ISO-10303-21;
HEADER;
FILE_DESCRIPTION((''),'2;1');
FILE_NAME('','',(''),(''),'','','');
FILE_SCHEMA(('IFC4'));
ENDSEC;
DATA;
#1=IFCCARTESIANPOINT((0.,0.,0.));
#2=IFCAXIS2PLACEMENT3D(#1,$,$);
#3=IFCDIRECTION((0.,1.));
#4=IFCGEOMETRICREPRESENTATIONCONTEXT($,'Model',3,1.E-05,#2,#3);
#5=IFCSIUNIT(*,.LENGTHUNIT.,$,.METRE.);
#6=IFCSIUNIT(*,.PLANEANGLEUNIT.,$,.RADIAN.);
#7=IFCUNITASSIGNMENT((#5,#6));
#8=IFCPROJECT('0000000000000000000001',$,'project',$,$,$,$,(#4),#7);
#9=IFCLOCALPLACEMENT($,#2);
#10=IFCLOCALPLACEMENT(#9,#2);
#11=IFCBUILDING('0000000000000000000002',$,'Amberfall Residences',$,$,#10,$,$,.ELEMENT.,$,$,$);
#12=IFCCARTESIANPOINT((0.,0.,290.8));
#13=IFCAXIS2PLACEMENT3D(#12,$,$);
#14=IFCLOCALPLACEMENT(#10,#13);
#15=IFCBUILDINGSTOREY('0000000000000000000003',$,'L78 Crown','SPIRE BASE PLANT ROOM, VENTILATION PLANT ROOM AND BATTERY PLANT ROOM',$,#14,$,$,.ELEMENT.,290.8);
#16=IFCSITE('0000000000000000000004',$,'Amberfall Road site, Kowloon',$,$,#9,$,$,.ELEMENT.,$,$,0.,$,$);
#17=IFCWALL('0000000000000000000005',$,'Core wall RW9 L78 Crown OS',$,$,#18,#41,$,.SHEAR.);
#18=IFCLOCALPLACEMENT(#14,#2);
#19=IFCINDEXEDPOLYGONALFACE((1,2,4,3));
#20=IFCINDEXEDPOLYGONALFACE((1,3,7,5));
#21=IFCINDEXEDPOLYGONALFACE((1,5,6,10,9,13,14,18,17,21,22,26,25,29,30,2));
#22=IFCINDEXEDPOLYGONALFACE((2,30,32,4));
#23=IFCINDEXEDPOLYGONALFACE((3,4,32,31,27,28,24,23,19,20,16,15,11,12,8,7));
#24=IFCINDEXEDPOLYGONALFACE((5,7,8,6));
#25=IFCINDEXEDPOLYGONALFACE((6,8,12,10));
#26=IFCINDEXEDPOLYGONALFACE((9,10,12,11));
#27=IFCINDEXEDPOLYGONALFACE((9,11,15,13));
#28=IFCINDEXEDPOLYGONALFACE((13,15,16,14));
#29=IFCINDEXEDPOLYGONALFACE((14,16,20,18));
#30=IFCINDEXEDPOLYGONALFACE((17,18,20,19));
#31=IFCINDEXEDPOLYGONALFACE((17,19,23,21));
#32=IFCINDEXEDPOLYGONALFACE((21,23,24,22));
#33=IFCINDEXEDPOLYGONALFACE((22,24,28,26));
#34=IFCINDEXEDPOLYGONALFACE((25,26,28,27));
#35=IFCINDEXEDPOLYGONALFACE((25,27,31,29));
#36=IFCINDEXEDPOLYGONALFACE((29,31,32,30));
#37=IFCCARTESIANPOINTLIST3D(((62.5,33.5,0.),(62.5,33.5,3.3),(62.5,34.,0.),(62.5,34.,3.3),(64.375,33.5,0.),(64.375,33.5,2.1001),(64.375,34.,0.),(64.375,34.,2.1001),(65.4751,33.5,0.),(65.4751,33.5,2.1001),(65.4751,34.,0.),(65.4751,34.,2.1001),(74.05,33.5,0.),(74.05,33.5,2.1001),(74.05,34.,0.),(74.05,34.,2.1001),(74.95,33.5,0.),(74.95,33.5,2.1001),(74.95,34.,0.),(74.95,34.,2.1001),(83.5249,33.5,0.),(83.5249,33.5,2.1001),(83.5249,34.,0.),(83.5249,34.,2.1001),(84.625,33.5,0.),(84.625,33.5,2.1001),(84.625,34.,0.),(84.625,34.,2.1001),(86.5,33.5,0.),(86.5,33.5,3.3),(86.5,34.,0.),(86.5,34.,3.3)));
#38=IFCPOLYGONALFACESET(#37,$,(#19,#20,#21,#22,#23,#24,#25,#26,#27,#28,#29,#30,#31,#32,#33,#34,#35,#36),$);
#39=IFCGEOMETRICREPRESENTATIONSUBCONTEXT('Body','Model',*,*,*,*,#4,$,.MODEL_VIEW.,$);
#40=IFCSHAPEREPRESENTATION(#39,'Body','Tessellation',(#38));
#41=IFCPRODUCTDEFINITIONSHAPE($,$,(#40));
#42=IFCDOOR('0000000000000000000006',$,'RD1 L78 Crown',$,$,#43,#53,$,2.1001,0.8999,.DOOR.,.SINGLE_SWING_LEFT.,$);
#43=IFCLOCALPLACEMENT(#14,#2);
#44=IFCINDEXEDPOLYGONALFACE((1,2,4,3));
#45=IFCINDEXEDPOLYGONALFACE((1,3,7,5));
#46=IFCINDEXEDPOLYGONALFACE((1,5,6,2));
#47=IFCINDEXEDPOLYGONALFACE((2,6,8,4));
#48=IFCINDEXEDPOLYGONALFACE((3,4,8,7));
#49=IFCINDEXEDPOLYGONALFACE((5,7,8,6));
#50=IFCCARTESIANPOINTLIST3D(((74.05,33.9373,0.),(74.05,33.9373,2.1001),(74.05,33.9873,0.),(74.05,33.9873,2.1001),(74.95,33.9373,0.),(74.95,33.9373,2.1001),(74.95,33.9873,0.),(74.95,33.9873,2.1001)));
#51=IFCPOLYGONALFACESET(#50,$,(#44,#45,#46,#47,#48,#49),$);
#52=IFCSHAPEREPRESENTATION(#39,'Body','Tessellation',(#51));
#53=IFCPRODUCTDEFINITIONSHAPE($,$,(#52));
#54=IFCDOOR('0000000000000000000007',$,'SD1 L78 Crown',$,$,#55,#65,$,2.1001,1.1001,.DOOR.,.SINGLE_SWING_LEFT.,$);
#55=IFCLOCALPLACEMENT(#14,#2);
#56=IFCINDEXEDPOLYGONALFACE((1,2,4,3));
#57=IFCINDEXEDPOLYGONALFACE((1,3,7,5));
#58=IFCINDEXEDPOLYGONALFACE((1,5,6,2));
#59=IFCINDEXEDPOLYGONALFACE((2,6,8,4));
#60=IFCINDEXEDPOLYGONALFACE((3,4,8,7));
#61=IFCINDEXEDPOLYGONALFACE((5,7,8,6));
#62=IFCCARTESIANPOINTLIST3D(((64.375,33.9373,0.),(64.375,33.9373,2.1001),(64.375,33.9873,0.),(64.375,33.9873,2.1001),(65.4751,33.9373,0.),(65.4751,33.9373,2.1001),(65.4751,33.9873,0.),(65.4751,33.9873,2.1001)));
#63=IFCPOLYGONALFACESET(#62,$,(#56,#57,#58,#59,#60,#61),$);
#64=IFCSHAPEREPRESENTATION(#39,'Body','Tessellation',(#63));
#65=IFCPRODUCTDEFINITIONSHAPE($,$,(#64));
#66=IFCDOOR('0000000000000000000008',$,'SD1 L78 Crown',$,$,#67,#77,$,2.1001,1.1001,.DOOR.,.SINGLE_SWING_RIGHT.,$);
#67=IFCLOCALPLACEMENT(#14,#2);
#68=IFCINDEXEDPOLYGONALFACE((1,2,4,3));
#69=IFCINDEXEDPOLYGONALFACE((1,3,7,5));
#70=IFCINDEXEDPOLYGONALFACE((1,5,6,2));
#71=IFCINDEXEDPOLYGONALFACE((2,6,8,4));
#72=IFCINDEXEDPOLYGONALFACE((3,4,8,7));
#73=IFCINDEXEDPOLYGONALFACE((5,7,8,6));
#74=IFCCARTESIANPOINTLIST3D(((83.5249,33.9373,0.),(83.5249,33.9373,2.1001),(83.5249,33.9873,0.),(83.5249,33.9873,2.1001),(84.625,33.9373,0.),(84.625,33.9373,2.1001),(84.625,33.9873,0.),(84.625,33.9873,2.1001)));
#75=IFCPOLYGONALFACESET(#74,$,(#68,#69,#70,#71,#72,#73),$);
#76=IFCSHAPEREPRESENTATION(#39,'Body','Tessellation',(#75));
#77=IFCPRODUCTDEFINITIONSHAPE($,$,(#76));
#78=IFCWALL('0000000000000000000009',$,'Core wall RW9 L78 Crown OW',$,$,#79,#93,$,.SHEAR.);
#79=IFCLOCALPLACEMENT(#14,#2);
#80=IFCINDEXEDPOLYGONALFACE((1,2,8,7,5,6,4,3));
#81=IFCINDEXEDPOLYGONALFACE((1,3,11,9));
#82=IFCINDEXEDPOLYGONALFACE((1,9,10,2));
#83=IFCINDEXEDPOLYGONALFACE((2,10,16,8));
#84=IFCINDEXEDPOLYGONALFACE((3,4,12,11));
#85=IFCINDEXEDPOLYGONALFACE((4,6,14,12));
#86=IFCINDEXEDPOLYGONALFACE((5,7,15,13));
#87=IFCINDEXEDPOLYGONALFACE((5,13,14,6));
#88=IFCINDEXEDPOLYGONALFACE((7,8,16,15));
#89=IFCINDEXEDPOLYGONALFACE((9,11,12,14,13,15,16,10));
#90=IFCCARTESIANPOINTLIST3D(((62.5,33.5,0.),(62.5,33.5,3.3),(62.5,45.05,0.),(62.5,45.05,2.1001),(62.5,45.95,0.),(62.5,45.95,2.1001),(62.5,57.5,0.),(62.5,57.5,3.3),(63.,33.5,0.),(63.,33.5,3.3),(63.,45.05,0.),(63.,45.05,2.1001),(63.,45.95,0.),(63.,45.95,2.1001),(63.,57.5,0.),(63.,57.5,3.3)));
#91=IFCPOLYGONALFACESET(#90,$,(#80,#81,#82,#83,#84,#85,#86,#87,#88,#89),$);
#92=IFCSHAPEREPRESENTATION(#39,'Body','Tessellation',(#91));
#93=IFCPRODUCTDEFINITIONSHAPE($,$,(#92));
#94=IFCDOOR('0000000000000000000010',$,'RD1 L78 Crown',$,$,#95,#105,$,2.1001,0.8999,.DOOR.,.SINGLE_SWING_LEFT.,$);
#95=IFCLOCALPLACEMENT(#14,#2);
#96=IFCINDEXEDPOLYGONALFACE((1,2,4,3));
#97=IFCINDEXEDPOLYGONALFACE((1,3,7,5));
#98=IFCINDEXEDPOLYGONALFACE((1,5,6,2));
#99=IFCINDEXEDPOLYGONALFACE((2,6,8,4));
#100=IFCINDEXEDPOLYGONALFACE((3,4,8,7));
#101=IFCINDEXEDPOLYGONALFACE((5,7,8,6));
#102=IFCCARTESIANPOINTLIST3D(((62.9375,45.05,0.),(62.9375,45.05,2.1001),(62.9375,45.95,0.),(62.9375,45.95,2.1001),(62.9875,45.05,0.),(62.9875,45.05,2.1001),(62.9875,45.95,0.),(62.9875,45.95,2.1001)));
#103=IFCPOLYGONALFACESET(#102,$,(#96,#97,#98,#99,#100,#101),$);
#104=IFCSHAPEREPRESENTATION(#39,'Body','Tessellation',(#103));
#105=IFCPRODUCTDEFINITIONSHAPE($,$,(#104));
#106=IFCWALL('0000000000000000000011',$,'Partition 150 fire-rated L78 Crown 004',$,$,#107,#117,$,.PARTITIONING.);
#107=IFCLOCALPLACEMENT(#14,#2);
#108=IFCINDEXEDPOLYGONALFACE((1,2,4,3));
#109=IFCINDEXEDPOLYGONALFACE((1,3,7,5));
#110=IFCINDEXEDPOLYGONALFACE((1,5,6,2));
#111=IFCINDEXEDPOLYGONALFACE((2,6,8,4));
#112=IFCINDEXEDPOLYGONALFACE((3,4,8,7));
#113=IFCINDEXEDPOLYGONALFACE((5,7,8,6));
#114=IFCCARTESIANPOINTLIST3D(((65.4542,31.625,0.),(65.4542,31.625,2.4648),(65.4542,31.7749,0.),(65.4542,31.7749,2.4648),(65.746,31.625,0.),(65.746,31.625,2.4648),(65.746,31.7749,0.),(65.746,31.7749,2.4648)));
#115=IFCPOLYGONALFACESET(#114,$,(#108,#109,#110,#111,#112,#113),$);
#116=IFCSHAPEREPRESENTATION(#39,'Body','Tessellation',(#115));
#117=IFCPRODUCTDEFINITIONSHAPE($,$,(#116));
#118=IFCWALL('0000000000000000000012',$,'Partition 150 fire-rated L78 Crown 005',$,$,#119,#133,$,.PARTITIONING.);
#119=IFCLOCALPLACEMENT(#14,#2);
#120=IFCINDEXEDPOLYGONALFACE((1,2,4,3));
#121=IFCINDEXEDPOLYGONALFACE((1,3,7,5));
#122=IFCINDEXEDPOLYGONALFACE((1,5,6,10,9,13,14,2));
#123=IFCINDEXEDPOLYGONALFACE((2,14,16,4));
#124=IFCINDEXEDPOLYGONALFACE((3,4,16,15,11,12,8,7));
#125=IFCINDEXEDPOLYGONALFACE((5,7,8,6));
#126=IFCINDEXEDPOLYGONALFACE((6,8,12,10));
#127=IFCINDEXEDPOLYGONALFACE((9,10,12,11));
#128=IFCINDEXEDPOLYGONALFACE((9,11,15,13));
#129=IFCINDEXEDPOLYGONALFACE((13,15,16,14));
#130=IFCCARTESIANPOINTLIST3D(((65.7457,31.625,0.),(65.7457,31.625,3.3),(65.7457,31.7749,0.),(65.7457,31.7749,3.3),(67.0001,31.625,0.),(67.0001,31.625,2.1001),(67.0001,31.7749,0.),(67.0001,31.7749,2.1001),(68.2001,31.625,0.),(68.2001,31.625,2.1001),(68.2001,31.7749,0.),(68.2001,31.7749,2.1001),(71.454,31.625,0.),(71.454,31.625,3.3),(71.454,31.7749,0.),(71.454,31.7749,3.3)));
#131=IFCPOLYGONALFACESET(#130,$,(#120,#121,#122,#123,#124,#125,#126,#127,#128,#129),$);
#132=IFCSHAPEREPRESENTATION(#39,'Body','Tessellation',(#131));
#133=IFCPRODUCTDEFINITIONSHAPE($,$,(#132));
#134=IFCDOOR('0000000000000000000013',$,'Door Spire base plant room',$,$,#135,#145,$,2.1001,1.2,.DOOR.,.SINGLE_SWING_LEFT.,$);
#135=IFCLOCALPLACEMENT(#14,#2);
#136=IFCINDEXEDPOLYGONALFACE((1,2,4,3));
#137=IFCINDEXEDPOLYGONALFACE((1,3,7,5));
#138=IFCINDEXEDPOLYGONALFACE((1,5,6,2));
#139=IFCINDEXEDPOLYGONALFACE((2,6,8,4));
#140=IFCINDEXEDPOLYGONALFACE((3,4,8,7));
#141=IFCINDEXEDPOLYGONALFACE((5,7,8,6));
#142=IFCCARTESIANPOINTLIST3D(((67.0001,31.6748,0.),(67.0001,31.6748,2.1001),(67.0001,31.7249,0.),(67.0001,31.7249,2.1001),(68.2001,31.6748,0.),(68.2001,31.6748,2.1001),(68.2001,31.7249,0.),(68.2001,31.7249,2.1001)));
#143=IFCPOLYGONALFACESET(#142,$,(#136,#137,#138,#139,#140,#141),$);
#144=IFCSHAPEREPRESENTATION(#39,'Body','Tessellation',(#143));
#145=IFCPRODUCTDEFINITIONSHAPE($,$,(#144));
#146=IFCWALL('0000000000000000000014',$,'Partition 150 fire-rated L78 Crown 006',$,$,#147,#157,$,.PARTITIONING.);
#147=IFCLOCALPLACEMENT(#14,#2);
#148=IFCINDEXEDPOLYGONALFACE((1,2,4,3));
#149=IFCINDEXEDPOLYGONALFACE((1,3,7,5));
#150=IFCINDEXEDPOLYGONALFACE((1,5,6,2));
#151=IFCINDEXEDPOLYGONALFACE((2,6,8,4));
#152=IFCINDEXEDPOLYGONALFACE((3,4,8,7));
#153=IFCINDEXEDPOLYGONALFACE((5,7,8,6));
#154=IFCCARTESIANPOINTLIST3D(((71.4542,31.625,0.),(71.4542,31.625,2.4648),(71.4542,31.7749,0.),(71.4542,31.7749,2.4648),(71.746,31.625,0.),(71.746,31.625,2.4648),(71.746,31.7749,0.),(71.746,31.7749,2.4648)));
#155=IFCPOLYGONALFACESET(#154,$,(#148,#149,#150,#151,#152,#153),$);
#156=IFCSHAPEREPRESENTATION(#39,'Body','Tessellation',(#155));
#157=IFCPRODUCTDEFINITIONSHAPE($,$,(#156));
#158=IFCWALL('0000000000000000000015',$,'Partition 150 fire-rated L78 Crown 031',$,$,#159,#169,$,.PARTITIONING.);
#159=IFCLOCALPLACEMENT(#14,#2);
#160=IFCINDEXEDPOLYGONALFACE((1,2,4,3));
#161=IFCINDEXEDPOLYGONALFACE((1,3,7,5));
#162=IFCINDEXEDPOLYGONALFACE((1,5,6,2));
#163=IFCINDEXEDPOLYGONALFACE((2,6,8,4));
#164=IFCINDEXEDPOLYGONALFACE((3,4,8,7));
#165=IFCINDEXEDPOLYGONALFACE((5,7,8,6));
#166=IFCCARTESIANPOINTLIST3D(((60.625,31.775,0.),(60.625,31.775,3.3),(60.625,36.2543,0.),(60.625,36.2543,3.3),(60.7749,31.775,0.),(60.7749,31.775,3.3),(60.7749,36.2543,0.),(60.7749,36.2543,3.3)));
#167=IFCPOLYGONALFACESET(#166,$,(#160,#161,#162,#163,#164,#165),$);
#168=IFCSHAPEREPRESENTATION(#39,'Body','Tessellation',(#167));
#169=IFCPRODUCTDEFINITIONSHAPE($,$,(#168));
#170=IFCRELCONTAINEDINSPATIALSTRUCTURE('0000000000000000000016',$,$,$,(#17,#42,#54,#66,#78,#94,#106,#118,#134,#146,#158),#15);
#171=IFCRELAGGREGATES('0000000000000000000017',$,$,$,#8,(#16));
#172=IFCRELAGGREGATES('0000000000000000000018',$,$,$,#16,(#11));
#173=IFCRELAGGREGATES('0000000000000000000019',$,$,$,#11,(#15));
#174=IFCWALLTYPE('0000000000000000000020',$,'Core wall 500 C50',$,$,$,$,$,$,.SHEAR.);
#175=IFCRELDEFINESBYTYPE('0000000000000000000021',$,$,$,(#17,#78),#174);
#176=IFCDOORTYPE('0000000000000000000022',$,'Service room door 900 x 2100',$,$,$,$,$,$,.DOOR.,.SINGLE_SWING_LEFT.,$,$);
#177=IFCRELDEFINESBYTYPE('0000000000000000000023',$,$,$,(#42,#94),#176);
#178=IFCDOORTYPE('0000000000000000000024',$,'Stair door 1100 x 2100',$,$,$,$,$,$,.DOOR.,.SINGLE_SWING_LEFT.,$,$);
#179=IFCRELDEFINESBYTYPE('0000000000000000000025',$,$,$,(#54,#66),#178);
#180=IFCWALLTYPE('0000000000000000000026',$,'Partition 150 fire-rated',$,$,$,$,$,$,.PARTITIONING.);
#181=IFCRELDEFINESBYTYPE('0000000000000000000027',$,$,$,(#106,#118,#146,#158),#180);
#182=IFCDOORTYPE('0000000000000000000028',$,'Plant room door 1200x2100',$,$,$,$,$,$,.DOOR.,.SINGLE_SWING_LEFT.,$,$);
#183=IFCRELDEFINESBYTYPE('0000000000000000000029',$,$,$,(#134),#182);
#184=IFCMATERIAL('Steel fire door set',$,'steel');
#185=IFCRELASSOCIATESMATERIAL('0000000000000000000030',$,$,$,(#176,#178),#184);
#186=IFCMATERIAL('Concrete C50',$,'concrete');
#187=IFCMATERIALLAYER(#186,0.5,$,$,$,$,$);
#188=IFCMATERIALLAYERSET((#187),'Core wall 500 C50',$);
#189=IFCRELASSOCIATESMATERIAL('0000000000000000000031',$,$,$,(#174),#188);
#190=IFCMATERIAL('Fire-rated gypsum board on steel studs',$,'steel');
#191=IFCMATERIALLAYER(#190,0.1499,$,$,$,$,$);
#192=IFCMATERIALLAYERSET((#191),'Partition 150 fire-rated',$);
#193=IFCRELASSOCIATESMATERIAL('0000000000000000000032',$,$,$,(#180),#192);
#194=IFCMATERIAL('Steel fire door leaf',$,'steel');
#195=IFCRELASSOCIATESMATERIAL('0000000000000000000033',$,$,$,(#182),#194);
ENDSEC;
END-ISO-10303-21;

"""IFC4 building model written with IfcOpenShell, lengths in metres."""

from ifc_helpers import new_model, si_unit, direction, frame, frame_2d, origin, place, context, subcontext, project, spatial, rectangle, extrude, material, layer, layer_set, type_object, element, fill, save


model = new_model("IFC4")

# Units and contexts
model_context = context("Model", 3, precision=1e-05, world=origin(), true_north=direction((0.0, 1.0)))
body_context = subcontext(model_context, "Body", "Model", "MODEL_VIEW")
ifc_project = project(units=[si_unit("LENGTHUNIT", "METRE"), si_unit("PLANEANGLEUNIT", "RADIAN")], contexts=[model_context])

# Site, building, storey
site_placement = place(None, origin())
site = spatial("IfcSite", under=ifc_project, at=site_placement, Name="Amberfall Road site, Kowloon", CompositionType="ELEMENT", RefElevation=0.0)
building_placement = place(site_placement, origin())
building = spatial("IfcBuilding", under=site, at=building_placement, Name="Amberfall Residences", CompositionType="ELEMENT")
storey_placement = place(building_placement, frame((0.0, 0.0, 290.8)))
storey = spatial("IfcBuildingStorey", under=building, at=storey_placement, Name="L78 Crown", Description="SPIRE BASE PLANT ROOM, VENTILATION PLANT ROOM AND BATTERY PLANT ROOM", CompositionType="ELEMENT", Elevation=290.8)

# Shared definitions
ifc_material_1 = material(Name="Steel fire door set", Category="steel")
door_type_1 = type_object("IfcDoorType", Name="Service room door 900 x 2100", OperationType="SINGLE_SWING_LEFT", PredefinedType="DOOR", material=ifc_material_1)

# Wall, openings, doors
ifc_material_2 = material(Name="Concrete C50", Category="concrete")
ifc_layer_1 = layer(ifc_material_2, 0.5)
ifc_layer_set_1 = layer_set([ifc_layer_1], Name="Core wall 500 C50")
wall_type_1 = type_object("IfcWallType", Name="Core wall 500 C50", PredefinedType="SHEAR", material=ifc_layer_set_1)
wall_1_placement = place(storey_placement, frame((62.5, 33.75, 0.0), z_axis=(0.0, 0.0, 1.0), x_axis=(1.0, 0.0, 0.0)))
wall_1 = element("IfcWall", 1, at=wall_1_placement, inside=storey, type_object=wall_type_1, Name="Core wall RW9 L78 Crown OS", PredefinedType="SHEAR", context=body_context, shape_type="SweptSolid", body=[
    extrude(rectangle(XDim=24.0, YDim=0.5, at=frame_2d((12.0, 0.0))), origin(), (0.0, 0.0, 1.0), 3.3),
])
opening_1_placement = place(wall_1_placement, frame((1.875, 0.0, 0.0)))
opening_1 = element("IfcOpeningElement", 2, at=opening_1_placement, cuts=wall_1, PredefinedType="OPENING", context=body_context, shape_type="SweptSolid", body=[
    extrude(rectangle(XDim=1.1001, YDim=2.1001, at=frame_2d((0.55, 1.05))), frame((0.0, 0.26, 0.0), z_axis=(0.0, -1.0, 0.0), x_axis=(1.0, 0.0, 0.0)), (0.0, 0.0, 1.0), 0.52),
])
opening_2_placement = place(wall_1_placement, frame((21.0249, 0.0, 0.0)))
opening_2 = element("IfcOpeningElement", 3, at=opening_2_placement, cuts=wall_1, PredefinedType="OPENING", context=body_context, shape_type="SweptSolid", body=[
    extrude(rectangle(XDim=1.1001, YDim=2.1001, at=frame_2d((0.55, 1.05))), frame((0.0, 0.26, 0.0), z_axis=(0.0, -1.0, 0.0), x_axis=(1.0, 0.0, 0.0)), (0.0, 0.0, 1.0), 0.52),
])
opening_3_placement = place(wall_1_placement, frame((11.55, 0.0, 0.0)))
opening_3 = element("IfcOpeningElement", 4, at=opening_3_placement, cuts=wall_1, PredefinedType="OPENING", context=body_context, shape_type="SweptSolid", body=[
    extrude(rectangle(XDim=0.8999, YDim=2.1001, at=frame_2d((0.45, 1.05))), frame((0.0, 0.26, 0.0), z_axis=(0.0, -1.0, 0.0), x_axis=(1.0, 0.0, 0.0)), (0.0, 0.0, 1.0), 0.52),
])
door_1_placement = place(opening_3_placement, origin())
door_1 = element("IfcDoor", 5, at=door_1_placement, inside=storey, type_object=door_type_1, Name="RD1 L78 Crown", OperationType="SINGLE_SWING_LEFT", OverallHeight=2.1001, OverallWidth=0.8999, PredefinedType="DOOR", context=body_context, shape_type="SweptSolid", body=[
    extrude(rectangle(XDim=0.8999, YDim=2.1001, at=frame_2d((0.45, 1.05))), frame((0.0, 0.2373, 0.0), z_axis=(0.0, -1.0, 0.0), x_axis=(1.0, 0.0, 0.0)), (0.0, 0.0, 1.0), 0.05),
])
fill(opening_3, door_1)
door_type_2 = type_object("IfcDoorType", Name="Stair door 1100 x 2100", OperationType="SINGLE_SWING_LEFT", PredefinedType="DOOR", material=ifc_material_1)
door_2_placement = place(opening_1_placement, origin())
door_2 = element("IfcDoor", 6, at=door_2_placement, inside=storey, type_object=door_type_2, Name="SD1 L78 Crown", OperationType="SINGLE_SWING_LEFT", OverallHeight=2.1001, OverallWidth=1.1001, PredefinedType="DOOR", context=body_context, shape_type="SweptSolid", body=[
    extrude(rectangle(XDim=1.1001, YDim=2.1001, at=frame_2d((0.55, 1.05))), frame((0.0, 0.2373, 0.0), z_axis=(0.0, -1.0, 0.0), x_axis=(1.0, 0.0, 0.0)), (0.0, 0.0, 1.0), 0.05),
])
fill(opening_1, door_2)
door_3_placement = place(opening_2_placement, origin())
door_3 = element("IfcDoor", 7, at=door_3_placement, inside=storey, type_object=door_type_2, Name="SD1 L78 Crown", OperationType="SINGLE_SWING_RIGHT", OverallHeight=2.1001, OverallWidth=1.1001, PredefinedType="DOOR", context=body_context, shape_type="SweptSolid", body=[
    extrude(rectangle(XDim=1.1001, YDim=2.1001, at=frame_2d((0.55, 1.05))), frame((0.0, 0.2373, 0.0), z_axis=(0.0, -1.0, 0.0), x_axis=(1.0, 0.0, 0.0)), (0.0, 0.0, 1.0), 0.05),
])
fill(opening_2, door_3)

# Wall, opening, door
wall_2_placement = place(storey_placement, frame((62.75, 33.5, 0.0), z_axis=(0.0, 0.0, 1.0), x_axis=(0.0, 1.0, 0.0)))
wall_2 = element("IfcWall", 8, at=wall_2_placement, inside=storey, type_object=wall_type_1, Name="Core wall RW9 L78 Crown OW", PredefinedType="SHEAR", context=body_context, shape_type="SweptSolid", body=[
    extrude(rectangle(XDim=24.0, YDim=0.5, at=frame_2d((12.0, 0.0))), origin(), (0.0, 0.0, 1.0), 3.3),
])
opening_4_placement = place(wall_2_placement, frame((11.55, 0.0, 0.0)))
opening_4 = element("IfcOpeningElement", 9, at=opening_4_placement, cuts=wall_2, PredefinedType="OPENING", context=body_context, shape_type="SweptSolid", body=[
    extrude(rectangle(XDim=0.8999, YDim=2.1001, at=frame_2d((0.45, 1.05))), frame((0.0, 0.26, 0.0), z_axis=(0.0, -1.0, 0.0), x_axis=(1.0, 0.0, 0.0)), (0.0, 0.0, 1.0), 0.52),
])
door_4_placement = place(opening_4_placement, origin())
door_4 = element("IfcDoor", 10, at=door_4_placement, inside=storey, type_object=door_type_1, Name="RD1 L78 Crown", OperationType="SINGLE_SWING_LEFT", OverallHeight=2.1001, OverallWidth=0.8999, PredefinedType="DOOR", context=body_context, shape_type="SweptSolid", body=[
    extrude(rectangle(XDim=0.8999, YDim=2.1001, at=frame_2d((0.45, 1.05))), frame((0.0, -0.1875, 0.0), z_axis=(0.0, -1.0, 0.0), x_axis=(1.0, 0.0, 0.0)), (0.0, 0.0, 1.0), 0.05),
])
fill(opening_4, door_4)

# Wall
ifc_material_3 = material(Name="Fire-rated gypsum board on steel studs", Category="steel")
ifc_layer_2 = layer(ifc_material_3, 0.1499)
ifc_layer_set_2 = layer_set([ifc_layer_2], Name="Partition 150 fire-rated")
wall_type_2 = type_object("IfcWallType", Name="Partition 150 fire-rated", PredefinedType="PARTITIONING", material=ifc_layer_set_2)
wall_3_placement = place(storey_placement, frame((65.4541, 31.7, 0.0), z_axis=(0.0, 0.0, 1.0), x_axis=(1.0, 0.0, 0.0)))
element("IfcWall", 11, at=wall_3_placement, inside=storey, type_object=wall_type_2, Name="Partition 150 fire-rated L78 Crown 004", PredefinedType="PARTITIONING", context=body_context, shape_type="SweptSolid", body=[
    extrude(rectangle(XDim=0.2917, YDim=0.1499, at=frame_2d((0.146, 0.0))), origin(), (0.0, 0.0, 1.0), 2.4648),
])

# Wall, opening, door
wall_4_placement = place(storey_placement, frame((65.7458, 31.7, 0.0), z_axis=(0.0, 0.0, 1.0), x_axis=(1.0, 0.0, 0.0)))
wall_4 = element("IfcWall", 12, at=wall_4_placement, inside=storey, type_object=wall_type_2, Name="Partition 150 fire-rated L78 Crown 005", PredefinedType="PARTITIONING", context=body_context, shape_type="SweptSolid", body=[
    extrude(rectangle(XDim=5.7083, YDim=0.1499, at=frame_2d((2.854, 0.0))), origin(), (0.0, 0.0, 1.0), 3.3),
])
opening_5_placement = place(wall_4_placement, frame((1.2542, 0.0, 0.0)))
opening_5 = element("IfcOpeningElement", 13, at=opening_5_placement, cuts=wall_4, PredefinedType="OPENING", context=body_context, shape_type="SweptSolid", body=[
    extrude(rectangle(XDim=1.2, YDim=2.1001, at=frame_2d((0.6001, 1.05))), frame((0.0, 0.085, 0.0), z_axis=(0.0, -1.0, 0.0), x_axis=(1.0, 0.0, 0.0)), (0.0, 0.0, 1.0), 0.1699),
])
ifc_material_4 = material(Name="Steel fire door leaf", Category="steel")
door_type_3 = type_object("IfcDoorType", Name="Plant room door 1200x2100", OperationType="SINGLE_SWING_LEFT", PredefinedType="DOOR", material=ifc_material_4)
door_5_placement = place(opening_5_placement, origin())
door_5 = element("IfcDoor", 14, at=door_5_placement, inside=storey, type_object=door_type_3, Name="Door Spire base plant room", OperationType="SINGLE_SWING_LEFT", OverallHeight=2.1001, OverallWidth=1.2, PredefinedType="DOOR", context=body_context, shape_type="SweptSolid", body=[
    extrude(rectangle(XDim=1.2, YDim=2.1001, at=frame_2d((0.6001, 1.05))), frame((0.0, 0.0249, 0.0), z_axis=(0.0, -1.0, 0.0), x_axis=(1.0, 0.0, 0.0)), (0.0, 0.0, 1.0), 0.05),
])
fill(opening_5, door_5)

# Walls
wall_5_placement = place(storey_placement, frame((71.4541, 31.7, 0.0), z_axis=(0.0, 0.0, 1.0), x_axis=(1.0, 0.0, 0.0)))
element("IfcWall", 15, at=wall_5_placement, inside=storey, type_object=wall_type_2, Name="Partition 150 fire-rated L78 Crown 006", PredefinedType="PARTITIONING", context=body_context, shape_type="SweptSolid", body=[
    extrude(rectangle(XDim=0.2917, YDim=0.1499, at=frame_2d((0.146, 0.0))), origin(), (0.0, 0.0, 1.0), 2.4648),
])
wall_6_placement = place(storey_placement, frame((60.7, 31.7749, 0.0), z_axis=(0.0, 0.0, 1.0), x_axis=(0.0, 1.0, 0.0)))
element("IfcWall", 16, at=wall_6_placement, inside=storey, type_object=wall_type_2, Name="Partition 150 fire-rated L78 Crown 031", PredefinedType="PARTITIONING", context=body_context, shape_type="SweptSolid", body=[
    extrude(rectangle(XDim=4.4792, YDim=0.1499, at=frame_2d((2.2397, 0.0))), origin(), (0.0, 0.0, 1.0), 3.3),
])

save(model, "model.ifc")
